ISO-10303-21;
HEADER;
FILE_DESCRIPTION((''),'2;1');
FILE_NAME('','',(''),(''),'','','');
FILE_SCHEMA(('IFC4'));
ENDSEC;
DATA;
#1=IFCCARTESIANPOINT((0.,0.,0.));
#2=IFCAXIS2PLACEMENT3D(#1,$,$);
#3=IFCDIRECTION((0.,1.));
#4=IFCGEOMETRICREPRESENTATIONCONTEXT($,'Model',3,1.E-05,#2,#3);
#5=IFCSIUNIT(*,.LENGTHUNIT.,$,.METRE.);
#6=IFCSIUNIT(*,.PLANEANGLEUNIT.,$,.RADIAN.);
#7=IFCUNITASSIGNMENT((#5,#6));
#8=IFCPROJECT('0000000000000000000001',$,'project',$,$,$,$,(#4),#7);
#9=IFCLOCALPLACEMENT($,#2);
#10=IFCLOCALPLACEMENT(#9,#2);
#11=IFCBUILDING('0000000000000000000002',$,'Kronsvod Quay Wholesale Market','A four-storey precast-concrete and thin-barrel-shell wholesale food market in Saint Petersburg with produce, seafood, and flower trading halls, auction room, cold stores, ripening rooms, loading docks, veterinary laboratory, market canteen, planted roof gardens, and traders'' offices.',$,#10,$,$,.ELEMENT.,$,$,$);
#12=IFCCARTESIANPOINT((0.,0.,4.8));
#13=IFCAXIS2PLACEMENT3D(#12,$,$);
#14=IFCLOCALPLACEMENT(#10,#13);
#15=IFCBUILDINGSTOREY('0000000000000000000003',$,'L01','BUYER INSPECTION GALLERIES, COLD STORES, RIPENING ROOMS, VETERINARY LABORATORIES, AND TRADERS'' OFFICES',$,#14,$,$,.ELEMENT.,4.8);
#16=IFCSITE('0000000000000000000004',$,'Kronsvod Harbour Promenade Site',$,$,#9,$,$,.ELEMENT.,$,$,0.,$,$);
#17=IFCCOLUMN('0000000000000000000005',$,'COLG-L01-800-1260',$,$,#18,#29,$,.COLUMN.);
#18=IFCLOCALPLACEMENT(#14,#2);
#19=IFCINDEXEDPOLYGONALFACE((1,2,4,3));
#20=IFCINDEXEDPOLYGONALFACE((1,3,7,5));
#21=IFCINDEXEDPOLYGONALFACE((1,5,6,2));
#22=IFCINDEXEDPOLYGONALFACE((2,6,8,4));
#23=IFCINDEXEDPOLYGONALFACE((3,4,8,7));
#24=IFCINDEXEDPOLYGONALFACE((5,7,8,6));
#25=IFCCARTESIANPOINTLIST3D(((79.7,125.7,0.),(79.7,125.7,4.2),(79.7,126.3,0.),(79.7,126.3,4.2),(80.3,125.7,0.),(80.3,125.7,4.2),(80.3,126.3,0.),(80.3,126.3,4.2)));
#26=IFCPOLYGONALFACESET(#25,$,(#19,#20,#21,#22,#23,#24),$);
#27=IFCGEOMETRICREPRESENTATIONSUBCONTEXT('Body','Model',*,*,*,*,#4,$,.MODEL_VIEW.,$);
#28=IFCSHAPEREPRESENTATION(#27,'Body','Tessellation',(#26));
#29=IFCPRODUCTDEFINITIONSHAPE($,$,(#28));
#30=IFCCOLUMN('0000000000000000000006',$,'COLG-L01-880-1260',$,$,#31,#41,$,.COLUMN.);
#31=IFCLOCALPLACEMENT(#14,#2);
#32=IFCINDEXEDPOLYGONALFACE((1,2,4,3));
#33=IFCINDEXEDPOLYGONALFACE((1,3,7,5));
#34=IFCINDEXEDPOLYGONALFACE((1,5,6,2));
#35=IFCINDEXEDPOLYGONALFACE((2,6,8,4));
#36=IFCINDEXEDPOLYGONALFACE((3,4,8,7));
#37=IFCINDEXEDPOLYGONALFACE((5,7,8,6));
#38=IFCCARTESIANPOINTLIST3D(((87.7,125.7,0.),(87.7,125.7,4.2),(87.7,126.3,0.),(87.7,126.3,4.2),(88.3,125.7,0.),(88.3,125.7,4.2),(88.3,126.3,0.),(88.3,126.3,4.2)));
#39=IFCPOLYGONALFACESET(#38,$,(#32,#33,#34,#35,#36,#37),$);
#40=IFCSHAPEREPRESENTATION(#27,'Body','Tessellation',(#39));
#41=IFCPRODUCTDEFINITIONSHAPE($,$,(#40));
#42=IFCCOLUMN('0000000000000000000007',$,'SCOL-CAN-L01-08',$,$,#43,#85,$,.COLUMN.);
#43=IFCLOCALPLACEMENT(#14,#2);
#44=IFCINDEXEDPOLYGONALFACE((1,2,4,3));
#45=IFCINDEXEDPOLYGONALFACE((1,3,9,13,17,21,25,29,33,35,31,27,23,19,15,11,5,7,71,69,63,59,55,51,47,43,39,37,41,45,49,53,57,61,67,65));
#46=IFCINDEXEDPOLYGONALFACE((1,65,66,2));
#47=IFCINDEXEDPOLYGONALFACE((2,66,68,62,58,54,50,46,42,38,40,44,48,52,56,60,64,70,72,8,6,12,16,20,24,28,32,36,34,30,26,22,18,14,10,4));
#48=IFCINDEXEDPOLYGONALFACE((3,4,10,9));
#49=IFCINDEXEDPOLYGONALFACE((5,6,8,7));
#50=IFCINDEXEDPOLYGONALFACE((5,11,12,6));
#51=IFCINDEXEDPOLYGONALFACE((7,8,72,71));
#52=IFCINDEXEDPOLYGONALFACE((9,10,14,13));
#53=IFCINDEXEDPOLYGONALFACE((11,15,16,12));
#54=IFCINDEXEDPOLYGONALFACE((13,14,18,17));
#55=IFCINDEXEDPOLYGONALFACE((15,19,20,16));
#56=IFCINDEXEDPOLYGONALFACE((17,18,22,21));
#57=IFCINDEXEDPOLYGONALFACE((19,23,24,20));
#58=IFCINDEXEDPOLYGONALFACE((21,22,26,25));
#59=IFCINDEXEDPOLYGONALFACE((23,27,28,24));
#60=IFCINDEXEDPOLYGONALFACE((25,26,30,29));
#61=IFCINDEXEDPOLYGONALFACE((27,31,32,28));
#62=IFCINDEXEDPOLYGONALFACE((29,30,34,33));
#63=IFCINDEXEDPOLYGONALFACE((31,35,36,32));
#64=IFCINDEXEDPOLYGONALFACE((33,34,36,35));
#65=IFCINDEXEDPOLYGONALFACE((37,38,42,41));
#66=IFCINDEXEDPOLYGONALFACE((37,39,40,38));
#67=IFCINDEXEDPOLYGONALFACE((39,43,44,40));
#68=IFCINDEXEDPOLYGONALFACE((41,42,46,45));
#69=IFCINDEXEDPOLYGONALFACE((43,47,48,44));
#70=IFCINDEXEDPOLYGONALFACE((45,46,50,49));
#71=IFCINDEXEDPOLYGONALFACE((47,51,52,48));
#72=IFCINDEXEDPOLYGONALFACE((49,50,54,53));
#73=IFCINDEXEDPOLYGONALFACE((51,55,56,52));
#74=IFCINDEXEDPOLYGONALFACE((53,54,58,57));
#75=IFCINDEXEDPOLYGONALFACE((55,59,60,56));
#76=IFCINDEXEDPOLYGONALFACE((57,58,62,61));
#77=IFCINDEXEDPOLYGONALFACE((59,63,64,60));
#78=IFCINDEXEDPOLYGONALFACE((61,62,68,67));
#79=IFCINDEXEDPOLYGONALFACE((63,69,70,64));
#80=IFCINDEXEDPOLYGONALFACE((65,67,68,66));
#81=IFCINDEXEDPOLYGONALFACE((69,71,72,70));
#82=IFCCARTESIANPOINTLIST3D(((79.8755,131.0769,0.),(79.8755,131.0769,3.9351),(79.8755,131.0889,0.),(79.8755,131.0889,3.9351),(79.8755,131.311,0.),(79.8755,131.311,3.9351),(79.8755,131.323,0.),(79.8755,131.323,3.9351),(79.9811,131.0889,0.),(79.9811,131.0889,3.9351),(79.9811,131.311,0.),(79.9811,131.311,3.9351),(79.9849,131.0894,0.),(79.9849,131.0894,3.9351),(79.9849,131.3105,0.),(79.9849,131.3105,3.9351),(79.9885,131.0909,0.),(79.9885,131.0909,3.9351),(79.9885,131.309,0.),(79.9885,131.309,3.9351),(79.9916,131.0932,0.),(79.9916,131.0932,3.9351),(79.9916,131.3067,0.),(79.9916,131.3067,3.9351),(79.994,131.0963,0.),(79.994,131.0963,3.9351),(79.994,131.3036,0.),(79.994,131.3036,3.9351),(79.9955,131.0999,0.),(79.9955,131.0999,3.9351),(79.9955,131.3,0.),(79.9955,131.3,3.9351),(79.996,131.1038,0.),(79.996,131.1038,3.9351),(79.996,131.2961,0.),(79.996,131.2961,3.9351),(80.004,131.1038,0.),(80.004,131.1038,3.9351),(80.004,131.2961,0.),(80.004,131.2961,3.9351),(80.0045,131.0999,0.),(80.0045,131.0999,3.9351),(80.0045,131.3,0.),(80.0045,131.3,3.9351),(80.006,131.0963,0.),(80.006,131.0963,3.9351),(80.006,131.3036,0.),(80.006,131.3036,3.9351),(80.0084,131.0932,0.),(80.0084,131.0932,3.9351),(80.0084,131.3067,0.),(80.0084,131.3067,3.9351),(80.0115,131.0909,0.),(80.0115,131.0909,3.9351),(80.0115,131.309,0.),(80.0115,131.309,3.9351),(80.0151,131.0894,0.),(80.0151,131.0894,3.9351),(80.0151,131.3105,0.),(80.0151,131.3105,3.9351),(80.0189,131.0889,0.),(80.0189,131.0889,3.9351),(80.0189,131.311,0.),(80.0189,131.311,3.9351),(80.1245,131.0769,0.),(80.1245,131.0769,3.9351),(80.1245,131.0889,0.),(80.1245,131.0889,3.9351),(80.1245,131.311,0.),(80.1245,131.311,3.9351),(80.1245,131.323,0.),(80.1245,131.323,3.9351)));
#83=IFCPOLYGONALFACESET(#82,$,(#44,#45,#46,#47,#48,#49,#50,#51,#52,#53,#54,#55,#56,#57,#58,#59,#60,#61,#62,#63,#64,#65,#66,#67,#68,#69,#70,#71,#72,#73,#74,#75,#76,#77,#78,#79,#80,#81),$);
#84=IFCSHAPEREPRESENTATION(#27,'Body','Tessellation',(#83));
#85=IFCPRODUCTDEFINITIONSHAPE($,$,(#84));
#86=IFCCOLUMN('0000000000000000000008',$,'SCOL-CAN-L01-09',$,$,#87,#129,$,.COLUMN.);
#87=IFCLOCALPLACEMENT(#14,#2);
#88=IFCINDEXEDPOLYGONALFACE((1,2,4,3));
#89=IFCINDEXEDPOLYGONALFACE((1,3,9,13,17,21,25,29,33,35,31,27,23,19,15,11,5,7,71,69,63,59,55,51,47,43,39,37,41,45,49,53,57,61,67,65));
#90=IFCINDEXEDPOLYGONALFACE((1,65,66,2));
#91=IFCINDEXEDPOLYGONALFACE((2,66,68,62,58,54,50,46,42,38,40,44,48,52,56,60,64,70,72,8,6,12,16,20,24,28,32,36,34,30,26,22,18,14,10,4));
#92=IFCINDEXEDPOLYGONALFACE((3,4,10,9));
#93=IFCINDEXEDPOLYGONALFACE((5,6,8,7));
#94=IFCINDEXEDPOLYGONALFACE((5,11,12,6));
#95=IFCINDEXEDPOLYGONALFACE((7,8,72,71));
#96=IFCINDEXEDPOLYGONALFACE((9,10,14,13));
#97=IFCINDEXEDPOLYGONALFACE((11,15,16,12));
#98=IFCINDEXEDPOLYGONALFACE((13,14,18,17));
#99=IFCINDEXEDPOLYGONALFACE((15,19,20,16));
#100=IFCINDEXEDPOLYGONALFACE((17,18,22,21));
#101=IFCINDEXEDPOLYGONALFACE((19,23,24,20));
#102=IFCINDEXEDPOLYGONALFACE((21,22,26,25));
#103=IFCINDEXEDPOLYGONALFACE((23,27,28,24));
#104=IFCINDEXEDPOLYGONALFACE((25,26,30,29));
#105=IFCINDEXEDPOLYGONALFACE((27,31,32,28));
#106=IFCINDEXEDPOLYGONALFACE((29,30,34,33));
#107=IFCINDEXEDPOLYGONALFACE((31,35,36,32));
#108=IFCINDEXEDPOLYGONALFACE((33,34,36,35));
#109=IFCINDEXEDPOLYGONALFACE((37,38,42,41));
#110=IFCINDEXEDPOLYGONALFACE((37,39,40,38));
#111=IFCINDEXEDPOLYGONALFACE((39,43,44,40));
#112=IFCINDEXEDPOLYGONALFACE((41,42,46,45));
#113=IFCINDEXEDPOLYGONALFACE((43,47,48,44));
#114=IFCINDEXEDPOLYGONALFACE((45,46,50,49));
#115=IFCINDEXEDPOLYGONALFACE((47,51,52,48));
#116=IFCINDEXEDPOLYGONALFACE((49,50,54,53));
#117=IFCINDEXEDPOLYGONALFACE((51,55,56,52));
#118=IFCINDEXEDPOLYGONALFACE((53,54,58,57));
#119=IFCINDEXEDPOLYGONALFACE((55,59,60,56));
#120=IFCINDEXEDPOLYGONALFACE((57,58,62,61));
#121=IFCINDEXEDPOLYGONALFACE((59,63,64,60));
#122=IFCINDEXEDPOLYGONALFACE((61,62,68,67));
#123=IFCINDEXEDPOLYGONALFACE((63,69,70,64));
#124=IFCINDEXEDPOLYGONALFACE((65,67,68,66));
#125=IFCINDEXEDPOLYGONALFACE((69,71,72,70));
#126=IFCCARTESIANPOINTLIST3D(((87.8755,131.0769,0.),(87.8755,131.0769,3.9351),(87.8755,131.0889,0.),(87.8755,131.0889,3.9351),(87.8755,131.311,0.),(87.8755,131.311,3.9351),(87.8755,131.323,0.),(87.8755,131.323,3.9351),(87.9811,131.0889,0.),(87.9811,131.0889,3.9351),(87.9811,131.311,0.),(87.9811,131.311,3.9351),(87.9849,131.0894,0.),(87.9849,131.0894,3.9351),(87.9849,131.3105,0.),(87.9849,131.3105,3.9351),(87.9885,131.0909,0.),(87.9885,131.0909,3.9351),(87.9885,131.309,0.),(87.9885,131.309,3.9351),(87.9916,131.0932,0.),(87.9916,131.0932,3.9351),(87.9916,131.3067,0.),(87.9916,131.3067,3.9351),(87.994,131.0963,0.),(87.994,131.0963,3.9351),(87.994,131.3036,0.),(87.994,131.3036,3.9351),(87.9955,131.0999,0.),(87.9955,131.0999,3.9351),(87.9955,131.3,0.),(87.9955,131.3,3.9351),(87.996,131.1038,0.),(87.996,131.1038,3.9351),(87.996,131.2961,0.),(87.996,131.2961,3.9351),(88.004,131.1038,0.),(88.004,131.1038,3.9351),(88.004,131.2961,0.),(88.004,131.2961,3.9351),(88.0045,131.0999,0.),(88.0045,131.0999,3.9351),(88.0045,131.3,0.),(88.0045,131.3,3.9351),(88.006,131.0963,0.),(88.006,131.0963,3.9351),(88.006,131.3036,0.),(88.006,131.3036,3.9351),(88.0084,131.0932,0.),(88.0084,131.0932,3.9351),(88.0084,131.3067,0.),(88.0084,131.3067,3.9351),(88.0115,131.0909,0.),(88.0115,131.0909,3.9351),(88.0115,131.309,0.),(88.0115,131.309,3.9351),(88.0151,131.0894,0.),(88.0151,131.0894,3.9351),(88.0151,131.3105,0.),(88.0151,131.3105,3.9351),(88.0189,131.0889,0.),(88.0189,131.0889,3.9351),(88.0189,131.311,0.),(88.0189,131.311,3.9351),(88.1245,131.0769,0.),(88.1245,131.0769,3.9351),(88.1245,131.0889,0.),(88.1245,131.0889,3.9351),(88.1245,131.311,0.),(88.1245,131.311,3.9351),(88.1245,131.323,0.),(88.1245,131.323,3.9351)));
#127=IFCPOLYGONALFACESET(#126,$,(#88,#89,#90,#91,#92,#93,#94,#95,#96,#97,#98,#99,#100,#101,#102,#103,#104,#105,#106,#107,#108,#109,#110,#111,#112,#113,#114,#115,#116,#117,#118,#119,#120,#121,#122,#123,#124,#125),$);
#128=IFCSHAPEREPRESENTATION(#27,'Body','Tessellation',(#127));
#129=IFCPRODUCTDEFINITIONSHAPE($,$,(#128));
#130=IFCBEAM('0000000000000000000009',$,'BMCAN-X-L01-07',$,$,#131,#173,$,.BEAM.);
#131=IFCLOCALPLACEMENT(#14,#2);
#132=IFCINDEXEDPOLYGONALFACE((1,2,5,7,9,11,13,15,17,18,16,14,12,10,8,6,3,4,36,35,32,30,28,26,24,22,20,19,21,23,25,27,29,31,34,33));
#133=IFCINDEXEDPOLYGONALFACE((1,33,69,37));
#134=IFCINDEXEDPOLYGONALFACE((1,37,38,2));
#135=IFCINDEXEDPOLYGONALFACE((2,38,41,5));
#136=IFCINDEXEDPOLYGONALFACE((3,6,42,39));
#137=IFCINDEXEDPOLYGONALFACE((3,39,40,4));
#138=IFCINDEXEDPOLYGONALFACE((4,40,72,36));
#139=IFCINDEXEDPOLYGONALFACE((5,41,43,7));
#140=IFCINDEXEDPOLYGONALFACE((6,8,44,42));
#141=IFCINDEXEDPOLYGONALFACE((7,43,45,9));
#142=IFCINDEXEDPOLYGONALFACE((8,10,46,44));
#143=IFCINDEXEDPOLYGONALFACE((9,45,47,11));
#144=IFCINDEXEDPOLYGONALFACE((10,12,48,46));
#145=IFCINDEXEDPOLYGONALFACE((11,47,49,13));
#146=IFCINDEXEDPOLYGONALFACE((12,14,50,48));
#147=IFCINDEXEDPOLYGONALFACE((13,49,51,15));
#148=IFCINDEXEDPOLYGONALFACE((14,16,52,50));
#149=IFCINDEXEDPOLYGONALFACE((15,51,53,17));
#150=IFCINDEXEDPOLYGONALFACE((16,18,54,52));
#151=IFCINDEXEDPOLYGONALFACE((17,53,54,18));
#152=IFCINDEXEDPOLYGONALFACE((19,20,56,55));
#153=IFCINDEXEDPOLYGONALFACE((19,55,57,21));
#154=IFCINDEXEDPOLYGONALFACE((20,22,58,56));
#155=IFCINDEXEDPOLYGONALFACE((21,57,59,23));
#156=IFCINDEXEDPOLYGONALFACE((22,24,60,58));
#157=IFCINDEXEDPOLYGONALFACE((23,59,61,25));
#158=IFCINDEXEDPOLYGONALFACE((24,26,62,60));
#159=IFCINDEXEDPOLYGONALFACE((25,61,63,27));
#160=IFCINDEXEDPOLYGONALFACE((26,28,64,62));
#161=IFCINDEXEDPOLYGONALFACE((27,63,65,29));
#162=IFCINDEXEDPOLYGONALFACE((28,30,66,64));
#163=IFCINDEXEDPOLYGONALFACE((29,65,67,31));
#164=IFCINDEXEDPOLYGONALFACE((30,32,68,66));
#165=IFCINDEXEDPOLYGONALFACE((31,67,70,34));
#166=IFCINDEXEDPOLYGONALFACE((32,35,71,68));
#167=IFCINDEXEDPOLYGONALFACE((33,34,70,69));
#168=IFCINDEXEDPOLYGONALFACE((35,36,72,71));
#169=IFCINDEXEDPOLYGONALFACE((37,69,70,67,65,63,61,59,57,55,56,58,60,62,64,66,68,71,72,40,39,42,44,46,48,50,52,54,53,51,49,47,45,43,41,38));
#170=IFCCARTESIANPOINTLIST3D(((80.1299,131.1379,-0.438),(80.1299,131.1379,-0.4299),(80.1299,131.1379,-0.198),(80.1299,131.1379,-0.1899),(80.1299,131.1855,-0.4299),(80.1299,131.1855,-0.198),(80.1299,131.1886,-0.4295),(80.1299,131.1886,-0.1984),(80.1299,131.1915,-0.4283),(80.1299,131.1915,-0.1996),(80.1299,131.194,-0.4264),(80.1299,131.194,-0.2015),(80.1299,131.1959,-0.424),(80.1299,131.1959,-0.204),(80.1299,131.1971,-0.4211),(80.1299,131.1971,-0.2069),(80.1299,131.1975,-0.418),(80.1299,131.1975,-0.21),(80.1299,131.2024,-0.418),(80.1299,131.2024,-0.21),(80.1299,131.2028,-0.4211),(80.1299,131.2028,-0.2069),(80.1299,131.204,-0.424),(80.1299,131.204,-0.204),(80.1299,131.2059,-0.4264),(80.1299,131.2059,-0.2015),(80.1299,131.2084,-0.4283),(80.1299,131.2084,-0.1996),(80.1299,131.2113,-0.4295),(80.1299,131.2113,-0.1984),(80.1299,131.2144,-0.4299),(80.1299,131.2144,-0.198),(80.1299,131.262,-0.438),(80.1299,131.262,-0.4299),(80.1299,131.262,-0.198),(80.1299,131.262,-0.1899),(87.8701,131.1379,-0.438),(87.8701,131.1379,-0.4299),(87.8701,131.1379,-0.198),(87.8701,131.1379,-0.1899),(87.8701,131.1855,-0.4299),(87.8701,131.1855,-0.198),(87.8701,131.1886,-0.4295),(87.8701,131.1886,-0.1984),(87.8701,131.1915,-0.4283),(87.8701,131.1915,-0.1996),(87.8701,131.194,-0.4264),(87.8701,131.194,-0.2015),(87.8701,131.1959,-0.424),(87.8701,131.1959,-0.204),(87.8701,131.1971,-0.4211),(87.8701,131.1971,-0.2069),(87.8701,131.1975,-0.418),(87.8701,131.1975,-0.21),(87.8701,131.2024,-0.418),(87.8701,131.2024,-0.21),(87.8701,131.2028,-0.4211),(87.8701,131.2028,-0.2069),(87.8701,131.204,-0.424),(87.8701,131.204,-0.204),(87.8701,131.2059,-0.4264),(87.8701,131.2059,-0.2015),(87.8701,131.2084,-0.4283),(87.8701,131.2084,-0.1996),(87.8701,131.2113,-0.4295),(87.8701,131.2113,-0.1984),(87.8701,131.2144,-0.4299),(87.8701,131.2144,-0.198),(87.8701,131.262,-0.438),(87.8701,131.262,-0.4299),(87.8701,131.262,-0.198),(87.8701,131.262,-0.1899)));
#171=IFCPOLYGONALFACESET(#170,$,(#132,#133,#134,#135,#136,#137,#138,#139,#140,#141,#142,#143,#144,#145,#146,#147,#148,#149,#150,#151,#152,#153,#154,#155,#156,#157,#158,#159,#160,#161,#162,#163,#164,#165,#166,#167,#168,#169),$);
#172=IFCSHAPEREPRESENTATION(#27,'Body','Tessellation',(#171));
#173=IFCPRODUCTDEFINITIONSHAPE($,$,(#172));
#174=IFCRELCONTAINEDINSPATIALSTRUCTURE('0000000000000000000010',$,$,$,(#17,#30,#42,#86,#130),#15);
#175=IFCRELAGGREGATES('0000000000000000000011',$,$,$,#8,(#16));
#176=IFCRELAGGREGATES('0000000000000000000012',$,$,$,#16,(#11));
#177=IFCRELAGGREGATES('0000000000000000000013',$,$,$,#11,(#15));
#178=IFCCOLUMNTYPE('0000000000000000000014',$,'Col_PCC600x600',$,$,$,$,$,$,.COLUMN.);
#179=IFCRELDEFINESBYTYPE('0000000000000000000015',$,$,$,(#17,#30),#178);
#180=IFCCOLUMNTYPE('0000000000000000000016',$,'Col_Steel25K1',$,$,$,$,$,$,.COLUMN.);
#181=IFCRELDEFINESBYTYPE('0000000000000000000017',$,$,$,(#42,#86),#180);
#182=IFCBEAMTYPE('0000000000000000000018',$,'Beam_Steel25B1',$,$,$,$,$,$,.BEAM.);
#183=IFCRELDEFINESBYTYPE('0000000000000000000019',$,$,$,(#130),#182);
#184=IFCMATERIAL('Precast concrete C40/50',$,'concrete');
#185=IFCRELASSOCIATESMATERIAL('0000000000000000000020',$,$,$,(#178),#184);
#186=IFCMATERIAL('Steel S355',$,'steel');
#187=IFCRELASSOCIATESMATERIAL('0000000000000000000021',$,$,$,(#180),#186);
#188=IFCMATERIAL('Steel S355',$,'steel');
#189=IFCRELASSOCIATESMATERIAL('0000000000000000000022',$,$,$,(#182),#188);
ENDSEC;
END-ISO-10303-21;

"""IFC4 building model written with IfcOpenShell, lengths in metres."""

from ifc_helpers import new_model, si_unit, direction, frame, origin, origin_2d, place, context, subcontext, project, spatial, rectangle, i_section, extrude, material, material_profile, profile_set, type_object, element, save


model = new_model("IFC4")

# Units and contexts
model_context = context("Model", 3, precision=1e-05, world=origin(), true_north=direction((0.0, 1.0)))
body_context = subcontext(model_context, "Body", "Model", "MODEL_VIEW")
ifc_project = project(units=[si_unit("LENGTHUNIT", "METRE"), si_unit("PLANEANGLEUNIT", "RADIAN")], contexts=[model_context])

# Site, building, storey
site_placement = place(None, origin())
site = spatial("IfcSite", under=ifc_project, at=site_placement, Name="Kronsvod Harbour Promenade Site", CompositionType="ELEMENT", RefElevation=0.0)
building_placement = place(site_placement, origin())
building = spatial("IfcBuilding", under=site, at=building_placement, Name="Kronsvod Quay Wholesale Market", Description="A four-storey precast-concrete and thin-barrel-shell wholesale food market in Saint Petersburg with produce, seafood, and flower trading halls, auction room, cold stores, ripening rooms, loading docks, veterinary laboratory, market canteen, planted roof gardens, and traders' offices.", CompositionType="ELEMENT")
storey_placement = place(building_placement, frame((0.0, 0.0, 4.8)))
storey = spatial("IfcBuildingStorey", under=building, at=storey_placement, Name="L01", Description="BUYER INSPECTION GALLERIES, COLD STORES, RIPENING ROOMS, VETERINARY LABORATORIES, AND TRADERS' OFFICES", CompositionType="ELEMENT", Elevation=4.8)

# Columns
ifc_material_1 = material(Name="Precast concrete C40/50", Category="concrete")
ifc_material_profile_1 = material_profile(ifc_material_1, rectangle(XDim=0.6001, YDim=0.6001, at=origin_2d()), Name="PCC600x600")
ifc_profile_set_1 = profile_set([ifc_material_profile_1], Name="Precast concrete C40/50")
column_type_1 = type_object("IfcColumnType", Name="Col_PCC600x600", PredefinedType="COLUMN", material=ifc_profile_set_1)
for number, where, z_axis, x_axis, name in (
    (1, (80.0, 126.0, 0.0), (0.0, 0.0, 1.0), (1.0, 0.0, 0.0), "COLG-L01-800-1260"),
    (2, (88.0, 126.0, 0.0), (0.0, 0.0, 1.0), (1.0, 0.0, 0.0), "COLG-L01-880-1260"),
):
    element("IfcColumn", number, at=place(storey_placement, frame(where, z_axis=z_axis, x_axis=x_axis)), inside=storey, type_object=column_type_1, Name=name, PredefinedType="COLUMN", context=body_context, shape_type="SweptSolid", body=[
        extrude(rectangle(XDim=0.6001, YDim=0.6001, at=origin_2d()), origin(), (0.0, 0.0, 1.0), 4.2),
    ])
ifc_material_2 = material(Name="Steel S355", Category="steel")
ifc_material_profile_2 = material_profile(ifc_material_2, i_section(OverallWidth=0.249, OverallDepth=0.2461, WebThickness=0.0081, FlangeThickness=0.012, FilletRadius=0.0149, at=origin_2d()), Name="25K1")
ifc_profile_set_2 = profile_set([ifc_material_profile_2], Name="Steel S355")
column_type_2 = type_object("IfcColumnType", Name="Col_Steel25K1", PredefinedType="COLUMN", material=ifc_profile_set_2)
for number, where, z_axis, x_axis, name in (
    (3, (80.0, 131.2, 0.0), (0.0, 0.0, 1.0), (1.0, 0.0, 0.0), "SCOL-CAN-L01-08"),
    (4, (88.0, 131.2, 0.0), (0.0, 0.0, 1.0), (1.0, 0.0, 0.0), "SCOL-CAN-L01-09"),
):
    element("IfcColumn", number, at=place(storey_placement, frame(where, z_axis=z_axis, x_axis=x_axis)), inside=storey, type_object=column_type_2, Name=name, PredefinedType="COLUMN", context=body_context, shape_type="SweptSolid", body=[
        extrude(i_section(OverallWidth=0.249, OverallDepth=0.2461, WebThickness=0.0081, FlangeThickness=0.012, FilletRadius=0.0149, at=origin_2d()), origin(), (0.0, 0.0, 1.0), 3.9351),
    ])

# Beam
ifc_material_3 = material(Name="Steel S355", Category="steel")
ifc_material_profile_3 = material_profile(ifc_material_3, i_section(OverallWidth=0.124, OverallDepth=0.248, WebThickness=0.0049, FlangeThickness=0.0081, FilletRadius=0.012, at=origin_2d()), Name="25B1")
ifc_profile_set_3 = profile_set([ifc_material_profile_3], Name="Steel S355")
beam_type_1 = type_object("IfcBeamType", Name="Beam_Steel25B1", PredefinedType="BEAM", material=ifc_profile_set_3)
beam_1_placement = place(storey_placement, frame((80.1299, 131.2, -0.314), z_axis=(1.0, 0.0, 0.0), x_axis=(0.0, 1.0, 0.0)))
element("IfcBeam", 5, at=beam_1_placement, inside=storey, type_object=beam_type_1, Name="BMCAN-X-L01-07", PredefinedType="BEAM", context=body_context, shape_type="SweptSolid", body=[
    extrude(i_section(OverallWidth=0.124, OverallDepth=0.248, WebThickness=0.0049, FlangeThickness=0.0081, FilletRadius=0.012, at=origin_2d()), origin(), (0.0, 0.0, 1.0), 7.7402),
])

save(model, "model.ifc")
